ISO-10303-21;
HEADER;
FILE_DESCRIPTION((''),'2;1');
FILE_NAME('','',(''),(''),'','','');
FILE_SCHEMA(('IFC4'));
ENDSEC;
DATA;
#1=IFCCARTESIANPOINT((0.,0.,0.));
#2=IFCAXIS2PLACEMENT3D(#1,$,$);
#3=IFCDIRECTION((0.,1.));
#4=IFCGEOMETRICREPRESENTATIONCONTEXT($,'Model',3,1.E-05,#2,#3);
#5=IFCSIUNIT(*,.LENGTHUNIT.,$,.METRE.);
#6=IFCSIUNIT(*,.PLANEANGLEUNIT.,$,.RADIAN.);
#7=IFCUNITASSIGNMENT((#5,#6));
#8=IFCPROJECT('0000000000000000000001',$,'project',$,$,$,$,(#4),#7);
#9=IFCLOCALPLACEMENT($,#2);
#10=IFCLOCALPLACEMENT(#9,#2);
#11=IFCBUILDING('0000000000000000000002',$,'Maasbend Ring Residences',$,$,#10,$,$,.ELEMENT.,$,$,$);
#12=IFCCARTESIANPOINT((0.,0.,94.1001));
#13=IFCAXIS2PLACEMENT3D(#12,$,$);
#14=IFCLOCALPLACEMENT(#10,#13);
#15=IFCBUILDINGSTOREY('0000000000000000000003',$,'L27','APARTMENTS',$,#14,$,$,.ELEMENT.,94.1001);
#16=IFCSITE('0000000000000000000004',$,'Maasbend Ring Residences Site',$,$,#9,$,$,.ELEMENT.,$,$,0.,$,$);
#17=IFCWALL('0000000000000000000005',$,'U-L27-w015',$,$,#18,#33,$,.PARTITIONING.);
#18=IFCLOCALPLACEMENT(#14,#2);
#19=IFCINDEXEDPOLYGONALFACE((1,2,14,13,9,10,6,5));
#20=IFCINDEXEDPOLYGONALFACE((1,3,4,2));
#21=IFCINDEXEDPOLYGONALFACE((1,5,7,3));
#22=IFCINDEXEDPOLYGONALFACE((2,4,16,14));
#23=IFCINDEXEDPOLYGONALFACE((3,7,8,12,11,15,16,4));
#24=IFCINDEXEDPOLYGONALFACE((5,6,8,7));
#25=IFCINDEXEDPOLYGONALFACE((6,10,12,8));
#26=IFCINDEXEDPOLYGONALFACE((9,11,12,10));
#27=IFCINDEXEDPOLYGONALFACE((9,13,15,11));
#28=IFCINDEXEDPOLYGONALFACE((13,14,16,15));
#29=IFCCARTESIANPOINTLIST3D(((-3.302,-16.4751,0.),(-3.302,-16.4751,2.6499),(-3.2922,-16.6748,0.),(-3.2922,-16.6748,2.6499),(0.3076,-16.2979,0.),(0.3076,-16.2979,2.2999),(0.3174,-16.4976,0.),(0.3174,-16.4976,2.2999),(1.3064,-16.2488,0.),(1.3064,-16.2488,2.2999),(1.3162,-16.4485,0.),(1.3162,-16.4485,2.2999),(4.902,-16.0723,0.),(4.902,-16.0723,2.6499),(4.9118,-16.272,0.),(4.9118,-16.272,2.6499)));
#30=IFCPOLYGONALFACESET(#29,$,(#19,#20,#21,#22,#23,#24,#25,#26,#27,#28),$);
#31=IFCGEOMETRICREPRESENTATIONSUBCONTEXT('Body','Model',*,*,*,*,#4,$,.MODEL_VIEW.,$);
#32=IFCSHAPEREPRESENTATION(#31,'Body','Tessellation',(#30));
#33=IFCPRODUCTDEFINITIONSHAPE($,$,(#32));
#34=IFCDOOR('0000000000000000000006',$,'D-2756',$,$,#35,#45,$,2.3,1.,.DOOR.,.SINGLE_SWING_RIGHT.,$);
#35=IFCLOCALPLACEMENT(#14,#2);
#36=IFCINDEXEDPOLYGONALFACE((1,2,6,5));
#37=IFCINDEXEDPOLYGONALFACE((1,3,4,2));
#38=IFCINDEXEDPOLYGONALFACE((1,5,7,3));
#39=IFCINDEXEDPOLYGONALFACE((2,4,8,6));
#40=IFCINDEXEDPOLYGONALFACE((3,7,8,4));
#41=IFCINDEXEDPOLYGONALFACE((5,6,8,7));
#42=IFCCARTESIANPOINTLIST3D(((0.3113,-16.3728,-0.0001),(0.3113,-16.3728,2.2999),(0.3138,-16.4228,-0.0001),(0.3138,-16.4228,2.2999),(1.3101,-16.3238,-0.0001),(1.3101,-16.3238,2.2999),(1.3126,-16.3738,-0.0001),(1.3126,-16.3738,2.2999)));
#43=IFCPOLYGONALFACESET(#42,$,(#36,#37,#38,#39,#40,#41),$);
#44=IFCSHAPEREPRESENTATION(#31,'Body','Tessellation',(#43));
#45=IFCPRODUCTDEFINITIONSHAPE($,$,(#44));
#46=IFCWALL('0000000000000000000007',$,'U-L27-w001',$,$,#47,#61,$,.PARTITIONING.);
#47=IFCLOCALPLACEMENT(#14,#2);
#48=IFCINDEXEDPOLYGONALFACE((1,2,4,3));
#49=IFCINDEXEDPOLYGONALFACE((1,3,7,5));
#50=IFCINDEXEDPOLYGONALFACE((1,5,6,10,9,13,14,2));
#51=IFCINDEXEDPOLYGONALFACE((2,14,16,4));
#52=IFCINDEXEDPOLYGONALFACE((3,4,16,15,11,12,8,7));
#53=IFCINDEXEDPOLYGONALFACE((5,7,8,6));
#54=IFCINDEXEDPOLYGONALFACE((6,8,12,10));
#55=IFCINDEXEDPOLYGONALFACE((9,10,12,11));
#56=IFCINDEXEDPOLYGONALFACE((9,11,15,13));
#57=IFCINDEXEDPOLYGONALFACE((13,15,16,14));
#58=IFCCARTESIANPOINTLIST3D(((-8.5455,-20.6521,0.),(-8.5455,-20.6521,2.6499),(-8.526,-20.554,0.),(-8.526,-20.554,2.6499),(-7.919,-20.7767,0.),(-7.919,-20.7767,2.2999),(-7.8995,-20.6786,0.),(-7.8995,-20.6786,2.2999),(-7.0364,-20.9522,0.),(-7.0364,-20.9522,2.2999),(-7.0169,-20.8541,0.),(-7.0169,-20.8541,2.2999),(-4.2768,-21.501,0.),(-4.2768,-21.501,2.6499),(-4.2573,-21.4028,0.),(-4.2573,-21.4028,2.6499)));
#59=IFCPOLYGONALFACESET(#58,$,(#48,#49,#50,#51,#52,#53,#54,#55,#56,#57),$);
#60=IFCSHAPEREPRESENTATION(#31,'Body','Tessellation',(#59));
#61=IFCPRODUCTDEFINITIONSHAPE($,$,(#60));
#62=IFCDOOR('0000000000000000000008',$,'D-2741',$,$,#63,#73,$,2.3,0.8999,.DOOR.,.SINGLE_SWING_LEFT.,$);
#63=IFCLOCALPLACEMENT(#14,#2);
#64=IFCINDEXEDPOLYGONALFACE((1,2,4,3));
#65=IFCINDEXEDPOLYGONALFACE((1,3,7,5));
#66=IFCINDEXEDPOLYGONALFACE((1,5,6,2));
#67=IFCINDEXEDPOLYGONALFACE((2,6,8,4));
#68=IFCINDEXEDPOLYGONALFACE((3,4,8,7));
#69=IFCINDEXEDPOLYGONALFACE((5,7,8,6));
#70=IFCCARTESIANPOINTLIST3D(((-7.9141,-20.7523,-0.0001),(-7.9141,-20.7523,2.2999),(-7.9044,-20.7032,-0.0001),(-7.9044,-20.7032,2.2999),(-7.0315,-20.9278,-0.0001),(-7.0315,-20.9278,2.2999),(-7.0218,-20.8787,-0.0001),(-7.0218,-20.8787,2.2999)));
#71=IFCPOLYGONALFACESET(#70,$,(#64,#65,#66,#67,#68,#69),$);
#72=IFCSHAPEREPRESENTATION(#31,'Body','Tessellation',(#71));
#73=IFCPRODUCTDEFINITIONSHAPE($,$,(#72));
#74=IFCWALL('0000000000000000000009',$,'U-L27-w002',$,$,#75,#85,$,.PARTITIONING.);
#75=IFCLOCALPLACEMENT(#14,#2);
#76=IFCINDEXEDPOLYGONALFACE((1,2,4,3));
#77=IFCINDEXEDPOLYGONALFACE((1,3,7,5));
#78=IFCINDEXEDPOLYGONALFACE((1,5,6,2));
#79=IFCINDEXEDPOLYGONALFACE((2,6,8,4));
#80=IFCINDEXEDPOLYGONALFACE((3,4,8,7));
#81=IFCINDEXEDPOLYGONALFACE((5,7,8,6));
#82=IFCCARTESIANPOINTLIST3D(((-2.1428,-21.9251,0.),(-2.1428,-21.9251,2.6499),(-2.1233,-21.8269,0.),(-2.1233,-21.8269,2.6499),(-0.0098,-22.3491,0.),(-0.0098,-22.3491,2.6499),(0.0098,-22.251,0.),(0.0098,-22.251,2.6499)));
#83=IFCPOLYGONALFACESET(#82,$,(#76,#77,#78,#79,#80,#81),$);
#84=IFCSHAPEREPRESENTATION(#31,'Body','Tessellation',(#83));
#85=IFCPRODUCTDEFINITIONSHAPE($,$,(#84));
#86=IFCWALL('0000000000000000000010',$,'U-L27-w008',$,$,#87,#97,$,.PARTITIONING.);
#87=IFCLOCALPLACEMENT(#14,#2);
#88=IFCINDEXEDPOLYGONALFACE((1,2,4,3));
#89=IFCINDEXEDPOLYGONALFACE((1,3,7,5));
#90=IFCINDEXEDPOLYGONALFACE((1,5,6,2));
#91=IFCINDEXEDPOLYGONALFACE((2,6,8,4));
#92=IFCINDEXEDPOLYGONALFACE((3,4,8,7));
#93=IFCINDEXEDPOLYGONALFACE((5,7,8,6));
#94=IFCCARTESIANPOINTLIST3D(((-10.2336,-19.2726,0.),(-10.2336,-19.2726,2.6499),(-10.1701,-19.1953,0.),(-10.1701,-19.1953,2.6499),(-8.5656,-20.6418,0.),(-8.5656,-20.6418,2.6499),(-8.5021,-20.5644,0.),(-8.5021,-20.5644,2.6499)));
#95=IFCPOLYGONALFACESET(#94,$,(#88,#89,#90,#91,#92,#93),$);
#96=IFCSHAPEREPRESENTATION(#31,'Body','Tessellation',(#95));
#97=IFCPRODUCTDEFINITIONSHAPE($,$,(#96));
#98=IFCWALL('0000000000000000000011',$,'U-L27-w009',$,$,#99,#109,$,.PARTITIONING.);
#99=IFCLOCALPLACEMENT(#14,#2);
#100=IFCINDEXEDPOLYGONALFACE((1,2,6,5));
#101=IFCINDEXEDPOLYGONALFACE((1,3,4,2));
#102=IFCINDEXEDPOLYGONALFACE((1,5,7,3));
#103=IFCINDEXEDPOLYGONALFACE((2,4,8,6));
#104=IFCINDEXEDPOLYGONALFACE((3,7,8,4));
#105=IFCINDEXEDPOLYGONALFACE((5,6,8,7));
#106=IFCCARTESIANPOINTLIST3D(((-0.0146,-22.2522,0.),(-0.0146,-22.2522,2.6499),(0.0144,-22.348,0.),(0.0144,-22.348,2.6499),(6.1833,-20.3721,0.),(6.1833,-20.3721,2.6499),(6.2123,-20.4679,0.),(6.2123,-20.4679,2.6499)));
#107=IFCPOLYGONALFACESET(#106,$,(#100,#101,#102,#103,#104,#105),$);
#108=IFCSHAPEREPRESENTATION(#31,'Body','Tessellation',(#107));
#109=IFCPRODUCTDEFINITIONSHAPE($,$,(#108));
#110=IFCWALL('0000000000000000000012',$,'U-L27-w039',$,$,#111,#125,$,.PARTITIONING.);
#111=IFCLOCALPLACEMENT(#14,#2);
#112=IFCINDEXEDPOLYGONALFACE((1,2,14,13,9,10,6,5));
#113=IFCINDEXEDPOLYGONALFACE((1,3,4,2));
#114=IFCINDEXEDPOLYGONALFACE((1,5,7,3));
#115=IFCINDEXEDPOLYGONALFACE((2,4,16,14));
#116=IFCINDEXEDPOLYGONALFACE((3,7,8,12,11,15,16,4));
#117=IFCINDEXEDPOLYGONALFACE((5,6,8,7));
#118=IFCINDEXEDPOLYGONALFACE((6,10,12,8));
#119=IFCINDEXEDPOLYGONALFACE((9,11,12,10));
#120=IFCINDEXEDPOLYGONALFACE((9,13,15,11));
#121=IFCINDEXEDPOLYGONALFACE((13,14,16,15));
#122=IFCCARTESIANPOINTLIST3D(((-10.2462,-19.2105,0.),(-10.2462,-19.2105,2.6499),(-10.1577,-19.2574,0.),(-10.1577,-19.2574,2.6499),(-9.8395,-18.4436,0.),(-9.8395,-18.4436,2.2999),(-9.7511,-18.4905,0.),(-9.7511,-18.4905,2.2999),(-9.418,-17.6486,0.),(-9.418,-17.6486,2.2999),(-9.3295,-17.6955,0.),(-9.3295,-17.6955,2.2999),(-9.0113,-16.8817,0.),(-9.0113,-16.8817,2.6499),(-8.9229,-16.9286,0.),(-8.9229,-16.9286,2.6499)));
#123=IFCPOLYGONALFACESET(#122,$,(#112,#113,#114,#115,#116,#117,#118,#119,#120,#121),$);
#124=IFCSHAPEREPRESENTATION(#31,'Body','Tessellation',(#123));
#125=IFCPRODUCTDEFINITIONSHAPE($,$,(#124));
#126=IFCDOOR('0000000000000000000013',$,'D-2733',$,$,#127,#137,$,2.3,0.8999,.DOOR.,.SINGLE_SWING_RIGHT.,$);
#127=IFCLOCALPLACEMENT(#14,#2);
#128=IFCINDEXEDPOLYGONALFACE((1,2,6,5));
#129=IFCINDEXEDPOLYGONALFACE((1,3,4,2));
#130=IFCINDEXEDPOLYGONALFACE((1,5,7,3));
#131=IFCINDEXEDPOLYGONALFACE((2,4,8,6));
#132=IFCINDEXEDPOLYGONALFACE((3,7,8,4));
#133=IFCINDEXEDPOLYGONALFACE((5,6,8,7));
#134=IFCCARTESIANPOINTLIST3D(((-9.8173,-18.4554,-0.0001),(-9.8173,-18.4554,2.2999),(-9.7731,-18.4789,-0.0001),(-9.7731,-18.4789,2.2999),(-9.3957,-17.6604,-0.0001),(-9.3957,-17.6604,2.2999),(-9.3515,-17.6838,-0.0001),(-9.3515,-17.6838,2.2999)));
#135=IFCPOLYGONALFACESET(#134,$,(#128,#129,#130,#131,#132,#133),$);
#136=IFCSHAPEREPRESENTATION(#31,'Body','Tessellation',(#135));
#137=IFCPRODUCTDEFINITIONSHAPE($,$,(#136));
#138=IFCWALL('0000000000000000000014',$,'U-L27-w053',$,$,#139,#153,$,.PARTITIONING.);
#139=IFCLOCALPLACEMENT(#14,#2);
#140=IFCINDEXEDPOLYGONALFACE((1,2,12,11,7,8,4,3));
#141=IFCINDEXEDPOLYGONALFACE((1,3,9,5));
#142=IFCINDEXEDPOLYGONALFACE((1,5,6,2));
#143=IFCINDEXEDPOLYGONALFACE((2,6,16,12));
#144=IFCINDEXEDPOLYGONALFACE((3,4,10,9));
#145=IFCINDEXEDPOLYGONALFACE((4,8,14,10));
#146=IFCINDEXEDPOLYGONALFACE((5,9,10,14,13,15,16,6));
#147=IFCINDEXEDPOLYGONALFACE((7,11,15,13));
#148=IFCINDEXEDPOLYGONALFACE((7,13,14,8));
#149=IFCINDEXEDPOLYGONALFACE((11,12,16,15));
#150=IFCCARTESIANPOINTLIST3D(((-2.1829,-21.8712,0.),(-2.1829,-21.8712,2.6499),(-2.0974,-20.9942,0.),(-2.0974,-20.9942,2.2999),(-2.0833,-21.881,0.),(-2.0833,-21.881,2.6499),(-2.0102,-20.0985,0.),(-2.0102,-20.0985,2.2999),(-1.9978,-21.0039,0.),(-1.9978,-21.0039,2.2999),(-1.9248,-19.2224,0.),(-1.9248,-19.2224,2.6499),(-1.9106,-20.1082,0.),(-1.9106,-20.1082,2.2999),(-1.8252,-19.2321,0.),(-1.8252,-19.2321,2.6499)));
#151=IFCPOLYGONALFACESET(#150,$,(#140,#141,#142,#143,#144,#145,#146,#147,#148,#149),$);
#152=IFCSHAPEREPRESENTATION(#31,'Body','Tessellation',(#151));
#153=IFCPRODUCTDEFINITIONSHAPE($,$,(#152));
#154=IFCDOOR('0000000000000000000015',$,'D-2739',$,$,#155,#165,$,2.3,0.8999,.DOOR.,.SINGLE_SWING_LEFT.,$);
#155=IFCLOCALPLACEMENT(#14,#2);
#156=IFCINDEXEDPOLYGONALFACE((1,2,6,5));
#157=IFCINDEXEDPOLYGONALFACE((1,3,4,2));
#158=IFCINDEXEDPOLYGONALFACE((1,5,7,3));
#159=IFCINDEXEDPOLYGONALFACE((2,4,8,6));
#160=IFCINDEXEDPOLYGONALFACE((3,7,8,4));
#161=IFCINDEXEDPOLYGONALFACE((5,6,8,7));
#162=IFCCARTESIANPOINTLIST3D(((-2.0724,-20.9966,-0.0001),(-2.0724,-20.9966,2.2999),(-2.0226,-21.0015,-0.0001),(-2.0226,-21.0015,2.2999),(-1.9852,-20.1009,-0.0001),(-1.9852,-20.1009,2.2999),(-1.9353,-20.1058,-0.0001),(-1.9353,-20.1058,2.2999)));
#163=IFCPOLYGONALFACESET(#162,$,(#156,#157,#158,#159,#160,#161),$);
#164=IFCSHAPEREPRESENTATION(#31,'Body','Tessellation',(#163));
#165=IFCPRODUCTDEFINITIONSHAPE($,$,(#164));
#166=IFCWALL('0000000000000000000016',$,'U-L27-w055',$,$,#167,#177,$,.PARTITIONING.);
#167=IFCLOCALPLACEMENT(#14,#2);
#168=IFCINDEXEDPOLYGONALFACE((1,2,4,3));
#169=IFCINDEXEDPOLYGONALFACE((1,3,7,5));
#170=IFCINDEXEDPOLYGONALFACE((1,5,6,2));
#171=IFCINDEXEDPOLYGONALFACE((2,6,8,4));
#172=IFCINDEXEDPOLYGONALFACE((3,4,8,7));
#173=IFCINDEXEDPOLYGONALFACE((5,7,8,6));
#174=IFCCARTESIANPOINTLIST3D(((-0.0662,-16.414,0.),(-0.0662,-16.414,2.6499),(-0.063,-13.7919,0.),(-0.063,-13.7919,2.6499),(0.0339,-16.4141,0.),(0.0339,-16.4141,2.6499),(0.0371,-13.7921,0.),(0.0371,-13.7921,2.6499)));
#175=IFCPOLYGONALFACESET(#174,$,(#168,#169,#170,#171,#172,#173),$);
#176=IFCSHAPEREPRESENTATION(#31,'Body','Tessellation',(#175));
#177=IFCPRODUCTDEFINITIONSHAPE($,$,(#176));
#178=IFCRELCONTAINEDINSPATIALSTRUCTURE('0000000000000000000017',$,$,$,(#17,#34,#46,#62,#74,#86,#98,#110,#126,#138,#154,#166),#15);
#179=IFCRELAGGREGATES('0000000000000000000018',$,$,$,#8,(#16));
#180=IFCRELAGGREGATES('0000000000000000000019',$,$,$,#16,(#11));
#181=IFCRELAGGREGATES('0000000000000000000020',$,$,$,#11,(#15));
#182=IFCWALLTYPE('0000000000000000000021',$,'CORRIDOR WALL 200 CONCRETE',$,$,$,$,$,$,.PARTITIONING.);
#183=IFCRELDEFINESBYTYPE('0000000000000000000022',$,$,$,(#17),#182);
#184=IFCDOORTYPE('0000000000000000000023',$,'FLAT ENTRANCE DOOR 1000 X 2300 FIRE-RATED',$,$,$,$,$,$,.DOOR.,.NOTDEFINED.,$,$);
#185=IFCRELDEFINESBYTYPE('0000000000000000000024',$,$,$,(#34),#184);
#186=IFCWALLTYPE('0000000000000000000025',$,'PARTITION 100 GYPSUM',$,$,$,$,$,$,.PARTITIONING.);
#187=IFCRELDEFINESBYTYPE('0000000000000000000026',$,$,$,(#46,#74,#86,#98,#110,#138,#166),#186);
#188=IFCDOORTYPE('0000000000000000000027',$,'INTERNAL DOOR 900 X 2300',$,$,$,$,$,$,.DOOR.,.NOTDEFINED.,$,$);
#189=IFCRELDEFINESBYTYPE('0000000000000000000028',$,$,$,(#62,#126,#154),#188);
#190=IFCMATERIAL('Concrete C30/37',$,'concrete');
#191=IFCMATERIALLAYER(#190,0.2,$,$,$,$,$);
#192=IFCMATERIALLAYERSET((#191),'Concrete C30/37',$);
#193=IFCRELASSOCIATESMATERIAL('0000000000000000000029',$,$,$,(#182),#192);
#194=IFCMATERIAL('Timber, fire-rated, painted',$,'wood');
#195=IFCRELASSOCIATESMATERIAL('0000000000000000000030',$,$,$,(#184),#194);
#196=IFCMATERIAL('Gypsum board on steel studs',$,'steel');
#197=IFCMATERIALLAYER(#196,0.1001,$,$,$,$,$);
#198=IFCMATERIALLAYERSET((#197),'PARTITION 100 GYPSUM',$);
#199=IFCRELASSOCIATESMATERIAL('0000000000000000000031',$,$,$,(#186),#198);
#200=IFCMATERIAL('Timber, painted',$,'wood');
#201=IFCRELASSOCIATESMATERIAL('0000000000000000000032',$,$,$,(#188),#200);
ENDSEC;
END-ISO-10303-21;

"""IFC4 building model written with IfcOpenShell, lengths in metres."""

from ifc_helpers import new_model, si_unit, direction, frame, frame_2d, origin, place, context, subcontext, project, spatial, rectangle, extrude, material, layer, layer_set, type_object, element, fill, save


model = new_model("IFC4")

# Units and contexts
model_context = context("Model", 3, precision=1e-05, world=origin(), true_north=direction((0.0, 1.0)))
body_context = subcontext(model_context, "Body", "Model", "MODEL_VIEW")
ifc_project = project(units=[si_unit("LENGTHUNIT", "METRE"), si_unit("PLANEANGLEUNIT", "RADIAN")], contexts=[model_context])

# Site, building, storey
site_placement = place(None, origin())
site = spatial("IfcSite", under=ifc_project, at=site_placement, Name="Maasbend Ring Residences Site", CompositionType="ELEMENT", RefElevation=0.0)
building_placement = place(site_placement, origin())
building = spatial("IfcBuilding", under=site, at=building_placement, Name="Maasbend Ring Residences", CompositionType="ELEMENT")
storey_placement = place(building_placement, frame((0.0, 0.0, 94.1001)))
storey = spatial("IfcBuildingStorey", under=building, at=storey_placement, Name="L27", Description="APARTMENTS", CompositionType="ELEMENT", Elevation=94.1001)

# Walls, openings, doors
ifc_material_1 = material(Name="Concrete C30/37", Category="concrete")
ifc_layer_1 = layer(ifc_material_1, 0.2)
ifc_layer_set_1 = layer_set([ifc_layer_1], Name="Concrete C30/37")
wall_type_1 = type_object("IfcWallType", Name="CORRIDOR WALL 200 CONCRETE", PredefinedType="PARTITIONING", material=ifc_layer_set_1)
ifc_material_2 = material(Name="Timber, fire-rated, painted", Category="wood")
door_type_1 = type_object("IfcDoorType", Name="FLAT ENTRANCE DOOR 1000 X 2300 FIRE-RATED", OperationType="NOTDEFINED", PredefinedType="DOOR", material=ifc_material_2)
wall_1_placement = place(storey_placement, frame((-3.2971, -16.575, 0.0), z_axis=(0.0, 0.0, 1.0), x_axis=(0.998797, 0.049042, 0.0)))
wall_1 = element("IfcWall", 1, at=wall_1_placement, inside=storey, type_object=wall_type_1, Name="U-L27-w015", PredefinedType="PARTITIONING", context=body_context, shape_type="SweptSolid", body=[
    extrude(rectangle(XDim=8.2139, YDim=0.2, at=frame_2d((4.1069, 0.0))), origin(), (0.0, 0.0, 1.0), 2.6499),
])
opening_1_placement = place(wall_1_placement, frame((3.614, 0.0, 0.0)))
opening_1 = element("IfcOpeningElement", 2, at=opening_1_placement, cuts=wall_1, PredefinedType="OPENING", context=body_context, shape_type="SweptSolid", body=[
    extrude(rectangle(XDim=1.0, YDim=2.3, at=frame_2d((0.5, 1.1499))), frame((0.0, 0.1099, 0.0), z_axis=(0.0, -1.0, 0.0), x_axis=(1.0, 0.0, 0.0)), (0.0, 0.0, 1.0), 0.22),
])
door_1_placement = place(opening_1_placement, origin())
door_1 = element("IfcDoor", 3, at=door_1_placement, inside=storey, type_object=door_type_1, Name="D-2756", OperationType="SINGLE_SWING_RIGHT", OverallHeight=2.3, OverallWidth=1.0, PredefinedType="DOOR", context=body_context, shape_type="SweptSolid", body=[
    extrude(rectangle(XDim=1.0, YDim=2.3, at=frame_2d((0.5, 1.1499))), frame((0.0, 0.0249, 0.0), z_axis=(0.0, -1.0, 0.0), x_axis=(1.0, 0.0, 0.0)), (0.0, 0.0, 1.0), 0.05),
])
fill(opening_1, door_1)
ifc_material_3 = material(Name="Gypsum board on steel studs", Category="steel")
ifc_layer_2 = layer(ifc_material_3, 0.1001)
ifc_layer_set_2 = layer_set([ifc_layer_2], Name="PARTITION 100 GYPSUM")
wall_type_2 = type_object("IfcWallType", Name="PARTITION 100 GYPSUM", PredefinedType="PARTITIONING", material=ifc_layer_set_2)
wall_2_placement = place(storey_placement, frame((-8.5359, -20.603, 0.0), z_axis=(0.0, 0.0, 1.0), x_axis=(0.980796, -0.195037, 0.0)))
wall_2 = element("IfcWall", 4, at=wall_2_placement, inside=storey, type_object=wall_type_2, Name="U-L27-w001", PredefinedType="PARTITIONING", context=body_context, shape_type="SweptSolid", body=[
    extrude(rectangle(XDim=4.3523, YDim=0.1001, at=frame_2d((2.1763, 0.0))), origin(), (0.0, 0.0, 1.0), 2.6499),
])
opening_2_placement = place(wall_2_placement, frame((0.6389, 0.0, 0.0)))
opening_2 = element("IfcOpeningElement", 5, at=opening_2_placement, cuts=wall_2, PredefinedType="OPENING", context=body_context, shape_type="SweptSolid", body=[
    extrude(rectangle(XDim=0.8999, YDim=2.3, at=frame_2d((0.45, 1.1499))), frame((0.0, 0.0601, 0.0), z_axis=(0.0, -1.0, 0.0), x_axis=(1.0, 0.0, 0.0)), (0.0, 0.0, 1.0), 0.1201),
])
ifc_material_4 = material(Name="Timber, painted", Category="wood")
door_type_2 = type_object("IfcDoorType", Name="INTERNAL DOOR 900 X 2300", OperationType="NOTDEFINED", PredefinedType="DOOR", material=ifc_material_4)
door_2_placement = place(opening_2_placement, origin())
door_2 = element("IfcDoor", 6, at=door_2_placement, inside=storey, type_object=door_type_2, Name="D-2741", OperationType="SINGLE_SWING_LEFT", OverallHeight=2.3, OverallWidth=0.8999, PredefinedType="DOOR", context=body_context, shape_type="SweptSolid", body=[
    extrude(rectangle(XDim=0.8999, YDim=2.3, at=frame_2d((0.45, 1.1499))), frame((0.0, 0.0249, 0.0), z_axis=(0.0, -1.0, 0.0), x_axis=(1.0, 0.0, 0.0)), (0.0, 0.0, 1.0), 0.05),
])
fill(opening_2, door_2)

# Walls
wall_3_placement = place(storey_placement, frame((-2.1331, -21.876, 0.0), z_axis=(0.0, 0.0, 1.0), x_axis=(0.980805, -0.194993, 0.0)))
element("IfcWall", 7, at=wall_3_placement, inside=storey, type_object=wall_type_2, Name="U-L27-w002", PredefinedType="PARTITIONING", context=body_context, shape_type="SweptSolid", body=[
    extrude(rectangle(XDim=2.1748, YDim=0.1001, at=frame_2d((1.0874, 0.0))), origin(), (0.0, 0.0, 1.0), 2.6499),
])
wall_4_placement = place(storey_placement, frame((-10.2019, -19.2339, 0.0), z_axis=(0.0, 0.0, 1.0), x_axis=(0.772948, -0.634469, 0.0)))
element("IfcWall", 8, at=wall_4_placement, inside=storey, type_object=wall_type_2, Name="U-L27-w008", PredefinedType="PARTITIONING", context=body_context, shape_type="SweptSolid", body=[
    extrude(rectangle(XDim=2.158, YDim=0.1001, at=frame_2d((1.0791, 0.0))), origin(), (0.0, 0.0, 1.0), 2.6499),
])
wall_5_placement = place(storey_placement, frame((0.0, -22.3, 0.0), z_axis=(0.0, 0.0, 1.0), x_axis=(0.956941, 0.290283, 0.0)))
element("IfcWall", 9, at=wall_5_placement, inside=storey, type_object=wall_type_2, Name="U-L27-w009", PredefinedType="PARTITIONING", context=body_context, shape_type="SweptSolid", body=[
    extrude(rectangle(XDim=6.4768, YDim=0.1001, at=frame_2d((3.2383, 0.0))), origin(), (0.0, 0.0, 1.0), 2.6499),
])

# Walls, openings, doors
wall_6_placement = place(storey_placement, frame((-10.2019, -19.2339, 0.0), z_axis=(0.0, 0.0, 1.0), x_axis=(0.468462, 0.883484, 0.0)))
wall_6 = element("IfcWall", 10, at=wall_6_placement, inside=storey, type_object=wall_type_2, Name="U-L27-w039", PredefinedType="PARTITIONING", context=body_context, shape_type="SweptSolid", body=[
    extrude(rectangle(XDim=2.636, YDim=0.1001, at=frame_2d((1.3179, 0.0))), origin(), (0.0, 0.0, 1.0), 2.6499),
])
opening_3_placement = place(wall_6_placement, frame((0.8679, 0.0, 0.0)))
opening_3 = element("IfcOpeningElement", 11, at=opening_3_placement, cuts=wall_6, PredefinedType="OPENING", context=body_context, shape_type="SweptSolid", body=[
    extrude(rectangle(XDim=0.8999, YDim=2.3, at=frame_2d((0.45, 1.1499))), frame((0.0, 0.0601, 0.0), z_axis=(0.0, -1.0, 0.0), x_axis=(1.0, 0.0, 0.0)), (0.0, 0.0, 1.0), 0.1201),
])
door_3_placement = place(opening_3_placement, origin())
door_3 = element("IfcDoor", 12, at=door_3_placement, inside=storey, type_object=door_type_2, Name="D-2733", OperationType="SINGLE_SWING_RIGHT", OverallHeight=2.3, OverallWidth=0.8999, PredefinedType="DOOR", context=body_context, shape_type="SweptSolid", body=[
    extrude(rectangle(XDim=0.8999, YDim=2.3, at=frame_2d((0.45, 1.1499))), frame((0.0, 0.0249, 0.0), z_axis=(0.0, -1.0, 0.0), x_axis=(1.0, 0.0, 0.0)), (0.0, 0.0, 1.0), 0.05),
])
fill(opening_3, door_3)
wall_7_placement = place(storey_placement, frame((-2.1331, -21.876, 0.0), z_axis=(0.0, 0.0, 1.0), x_axis=(0.09696, 0.995288, 0.0)))
wall_7 = element("IfcWall", 13, at=wall_7_placement, inside=storey, type_object=wall_type_2, Name="U-L27-w053", PredefinedType="PARTITIONING", context=body_context, shape_type="SweptSolid", body=[
    extrude(rectangle(XDim=2.6614, YDim=0.1001, at=frame_2d((1.3306, 0.0))), origin(), (0.0, 0.0, 1.0), 2.6499),
])
opening_4_placement = place(wall_7_placement, frame((0.8811, 0.0, 0.0)))
opening_4 = element("IfcOpeningElement", 14, at=opening_4_placement, cuts=wall_7, PredefinedType="OPENING", context=body_context, shape_type="SweptSolid", body=[
    extrude(rectangle(XDim=0.8999, YDim=2.3, at=frame_2d((0.45, 1.1499))), frame((0.0, 0.0601, 0.0), z_axis=(0.0, -1.0, 0.0), x_axis=(1.0, 0.0, 0.0)), (0.0, 0.0, 1.0), 0.1201),
])
door_4_placement = place(opening_4_placement, origin())
door_4 = element("IfcDoor", 15, at=door_4_placement, inside=storey, type_object=door_type_2, Name="D-2739", OperationType="SINGLE_SWING_LEFT", OverallHeight=2.3, OverallWidth=0.8999, PredefinedType="DOOR", context=body_context, shape_type="SweptSolid", body=[
    extrude(rectangle(XDim=0.8999, YDim=2.3, at=frame_2d((0.45, 1.1499))), frame((0.0, 0.0249, 0.0), z_axis=(0.0, -1.0, 0.0), x_axis=(1.0, 0.0, 0.0)), (0.0, 0.0, 1.0), 0.05),
])
fill(opening_4, door_4)

# Wall
wall_8_placement = place(storey_placement, frame((-0.0161, -16.4141, 0.0), z_axis=(0.0, 0.0, 1.0), x_axis=(0.00121, 0.999999, 0.0)))
element("IfcWall", 16, at=wall_8_placement, inside=storey, type_object=wall_type_2, Name="U-L27-w055", PredefinedType="PARTITIONING", context=body_context, shape_type="SweptSolid", body=[
    extrude(rectangle(XDim=2.6221, YDim=0.1001, at=frame_2d((1.311, 0.0))), origin(), (0.0, 0.0, 1.0), 2.6499),
])

save(model, "model.ifc")
